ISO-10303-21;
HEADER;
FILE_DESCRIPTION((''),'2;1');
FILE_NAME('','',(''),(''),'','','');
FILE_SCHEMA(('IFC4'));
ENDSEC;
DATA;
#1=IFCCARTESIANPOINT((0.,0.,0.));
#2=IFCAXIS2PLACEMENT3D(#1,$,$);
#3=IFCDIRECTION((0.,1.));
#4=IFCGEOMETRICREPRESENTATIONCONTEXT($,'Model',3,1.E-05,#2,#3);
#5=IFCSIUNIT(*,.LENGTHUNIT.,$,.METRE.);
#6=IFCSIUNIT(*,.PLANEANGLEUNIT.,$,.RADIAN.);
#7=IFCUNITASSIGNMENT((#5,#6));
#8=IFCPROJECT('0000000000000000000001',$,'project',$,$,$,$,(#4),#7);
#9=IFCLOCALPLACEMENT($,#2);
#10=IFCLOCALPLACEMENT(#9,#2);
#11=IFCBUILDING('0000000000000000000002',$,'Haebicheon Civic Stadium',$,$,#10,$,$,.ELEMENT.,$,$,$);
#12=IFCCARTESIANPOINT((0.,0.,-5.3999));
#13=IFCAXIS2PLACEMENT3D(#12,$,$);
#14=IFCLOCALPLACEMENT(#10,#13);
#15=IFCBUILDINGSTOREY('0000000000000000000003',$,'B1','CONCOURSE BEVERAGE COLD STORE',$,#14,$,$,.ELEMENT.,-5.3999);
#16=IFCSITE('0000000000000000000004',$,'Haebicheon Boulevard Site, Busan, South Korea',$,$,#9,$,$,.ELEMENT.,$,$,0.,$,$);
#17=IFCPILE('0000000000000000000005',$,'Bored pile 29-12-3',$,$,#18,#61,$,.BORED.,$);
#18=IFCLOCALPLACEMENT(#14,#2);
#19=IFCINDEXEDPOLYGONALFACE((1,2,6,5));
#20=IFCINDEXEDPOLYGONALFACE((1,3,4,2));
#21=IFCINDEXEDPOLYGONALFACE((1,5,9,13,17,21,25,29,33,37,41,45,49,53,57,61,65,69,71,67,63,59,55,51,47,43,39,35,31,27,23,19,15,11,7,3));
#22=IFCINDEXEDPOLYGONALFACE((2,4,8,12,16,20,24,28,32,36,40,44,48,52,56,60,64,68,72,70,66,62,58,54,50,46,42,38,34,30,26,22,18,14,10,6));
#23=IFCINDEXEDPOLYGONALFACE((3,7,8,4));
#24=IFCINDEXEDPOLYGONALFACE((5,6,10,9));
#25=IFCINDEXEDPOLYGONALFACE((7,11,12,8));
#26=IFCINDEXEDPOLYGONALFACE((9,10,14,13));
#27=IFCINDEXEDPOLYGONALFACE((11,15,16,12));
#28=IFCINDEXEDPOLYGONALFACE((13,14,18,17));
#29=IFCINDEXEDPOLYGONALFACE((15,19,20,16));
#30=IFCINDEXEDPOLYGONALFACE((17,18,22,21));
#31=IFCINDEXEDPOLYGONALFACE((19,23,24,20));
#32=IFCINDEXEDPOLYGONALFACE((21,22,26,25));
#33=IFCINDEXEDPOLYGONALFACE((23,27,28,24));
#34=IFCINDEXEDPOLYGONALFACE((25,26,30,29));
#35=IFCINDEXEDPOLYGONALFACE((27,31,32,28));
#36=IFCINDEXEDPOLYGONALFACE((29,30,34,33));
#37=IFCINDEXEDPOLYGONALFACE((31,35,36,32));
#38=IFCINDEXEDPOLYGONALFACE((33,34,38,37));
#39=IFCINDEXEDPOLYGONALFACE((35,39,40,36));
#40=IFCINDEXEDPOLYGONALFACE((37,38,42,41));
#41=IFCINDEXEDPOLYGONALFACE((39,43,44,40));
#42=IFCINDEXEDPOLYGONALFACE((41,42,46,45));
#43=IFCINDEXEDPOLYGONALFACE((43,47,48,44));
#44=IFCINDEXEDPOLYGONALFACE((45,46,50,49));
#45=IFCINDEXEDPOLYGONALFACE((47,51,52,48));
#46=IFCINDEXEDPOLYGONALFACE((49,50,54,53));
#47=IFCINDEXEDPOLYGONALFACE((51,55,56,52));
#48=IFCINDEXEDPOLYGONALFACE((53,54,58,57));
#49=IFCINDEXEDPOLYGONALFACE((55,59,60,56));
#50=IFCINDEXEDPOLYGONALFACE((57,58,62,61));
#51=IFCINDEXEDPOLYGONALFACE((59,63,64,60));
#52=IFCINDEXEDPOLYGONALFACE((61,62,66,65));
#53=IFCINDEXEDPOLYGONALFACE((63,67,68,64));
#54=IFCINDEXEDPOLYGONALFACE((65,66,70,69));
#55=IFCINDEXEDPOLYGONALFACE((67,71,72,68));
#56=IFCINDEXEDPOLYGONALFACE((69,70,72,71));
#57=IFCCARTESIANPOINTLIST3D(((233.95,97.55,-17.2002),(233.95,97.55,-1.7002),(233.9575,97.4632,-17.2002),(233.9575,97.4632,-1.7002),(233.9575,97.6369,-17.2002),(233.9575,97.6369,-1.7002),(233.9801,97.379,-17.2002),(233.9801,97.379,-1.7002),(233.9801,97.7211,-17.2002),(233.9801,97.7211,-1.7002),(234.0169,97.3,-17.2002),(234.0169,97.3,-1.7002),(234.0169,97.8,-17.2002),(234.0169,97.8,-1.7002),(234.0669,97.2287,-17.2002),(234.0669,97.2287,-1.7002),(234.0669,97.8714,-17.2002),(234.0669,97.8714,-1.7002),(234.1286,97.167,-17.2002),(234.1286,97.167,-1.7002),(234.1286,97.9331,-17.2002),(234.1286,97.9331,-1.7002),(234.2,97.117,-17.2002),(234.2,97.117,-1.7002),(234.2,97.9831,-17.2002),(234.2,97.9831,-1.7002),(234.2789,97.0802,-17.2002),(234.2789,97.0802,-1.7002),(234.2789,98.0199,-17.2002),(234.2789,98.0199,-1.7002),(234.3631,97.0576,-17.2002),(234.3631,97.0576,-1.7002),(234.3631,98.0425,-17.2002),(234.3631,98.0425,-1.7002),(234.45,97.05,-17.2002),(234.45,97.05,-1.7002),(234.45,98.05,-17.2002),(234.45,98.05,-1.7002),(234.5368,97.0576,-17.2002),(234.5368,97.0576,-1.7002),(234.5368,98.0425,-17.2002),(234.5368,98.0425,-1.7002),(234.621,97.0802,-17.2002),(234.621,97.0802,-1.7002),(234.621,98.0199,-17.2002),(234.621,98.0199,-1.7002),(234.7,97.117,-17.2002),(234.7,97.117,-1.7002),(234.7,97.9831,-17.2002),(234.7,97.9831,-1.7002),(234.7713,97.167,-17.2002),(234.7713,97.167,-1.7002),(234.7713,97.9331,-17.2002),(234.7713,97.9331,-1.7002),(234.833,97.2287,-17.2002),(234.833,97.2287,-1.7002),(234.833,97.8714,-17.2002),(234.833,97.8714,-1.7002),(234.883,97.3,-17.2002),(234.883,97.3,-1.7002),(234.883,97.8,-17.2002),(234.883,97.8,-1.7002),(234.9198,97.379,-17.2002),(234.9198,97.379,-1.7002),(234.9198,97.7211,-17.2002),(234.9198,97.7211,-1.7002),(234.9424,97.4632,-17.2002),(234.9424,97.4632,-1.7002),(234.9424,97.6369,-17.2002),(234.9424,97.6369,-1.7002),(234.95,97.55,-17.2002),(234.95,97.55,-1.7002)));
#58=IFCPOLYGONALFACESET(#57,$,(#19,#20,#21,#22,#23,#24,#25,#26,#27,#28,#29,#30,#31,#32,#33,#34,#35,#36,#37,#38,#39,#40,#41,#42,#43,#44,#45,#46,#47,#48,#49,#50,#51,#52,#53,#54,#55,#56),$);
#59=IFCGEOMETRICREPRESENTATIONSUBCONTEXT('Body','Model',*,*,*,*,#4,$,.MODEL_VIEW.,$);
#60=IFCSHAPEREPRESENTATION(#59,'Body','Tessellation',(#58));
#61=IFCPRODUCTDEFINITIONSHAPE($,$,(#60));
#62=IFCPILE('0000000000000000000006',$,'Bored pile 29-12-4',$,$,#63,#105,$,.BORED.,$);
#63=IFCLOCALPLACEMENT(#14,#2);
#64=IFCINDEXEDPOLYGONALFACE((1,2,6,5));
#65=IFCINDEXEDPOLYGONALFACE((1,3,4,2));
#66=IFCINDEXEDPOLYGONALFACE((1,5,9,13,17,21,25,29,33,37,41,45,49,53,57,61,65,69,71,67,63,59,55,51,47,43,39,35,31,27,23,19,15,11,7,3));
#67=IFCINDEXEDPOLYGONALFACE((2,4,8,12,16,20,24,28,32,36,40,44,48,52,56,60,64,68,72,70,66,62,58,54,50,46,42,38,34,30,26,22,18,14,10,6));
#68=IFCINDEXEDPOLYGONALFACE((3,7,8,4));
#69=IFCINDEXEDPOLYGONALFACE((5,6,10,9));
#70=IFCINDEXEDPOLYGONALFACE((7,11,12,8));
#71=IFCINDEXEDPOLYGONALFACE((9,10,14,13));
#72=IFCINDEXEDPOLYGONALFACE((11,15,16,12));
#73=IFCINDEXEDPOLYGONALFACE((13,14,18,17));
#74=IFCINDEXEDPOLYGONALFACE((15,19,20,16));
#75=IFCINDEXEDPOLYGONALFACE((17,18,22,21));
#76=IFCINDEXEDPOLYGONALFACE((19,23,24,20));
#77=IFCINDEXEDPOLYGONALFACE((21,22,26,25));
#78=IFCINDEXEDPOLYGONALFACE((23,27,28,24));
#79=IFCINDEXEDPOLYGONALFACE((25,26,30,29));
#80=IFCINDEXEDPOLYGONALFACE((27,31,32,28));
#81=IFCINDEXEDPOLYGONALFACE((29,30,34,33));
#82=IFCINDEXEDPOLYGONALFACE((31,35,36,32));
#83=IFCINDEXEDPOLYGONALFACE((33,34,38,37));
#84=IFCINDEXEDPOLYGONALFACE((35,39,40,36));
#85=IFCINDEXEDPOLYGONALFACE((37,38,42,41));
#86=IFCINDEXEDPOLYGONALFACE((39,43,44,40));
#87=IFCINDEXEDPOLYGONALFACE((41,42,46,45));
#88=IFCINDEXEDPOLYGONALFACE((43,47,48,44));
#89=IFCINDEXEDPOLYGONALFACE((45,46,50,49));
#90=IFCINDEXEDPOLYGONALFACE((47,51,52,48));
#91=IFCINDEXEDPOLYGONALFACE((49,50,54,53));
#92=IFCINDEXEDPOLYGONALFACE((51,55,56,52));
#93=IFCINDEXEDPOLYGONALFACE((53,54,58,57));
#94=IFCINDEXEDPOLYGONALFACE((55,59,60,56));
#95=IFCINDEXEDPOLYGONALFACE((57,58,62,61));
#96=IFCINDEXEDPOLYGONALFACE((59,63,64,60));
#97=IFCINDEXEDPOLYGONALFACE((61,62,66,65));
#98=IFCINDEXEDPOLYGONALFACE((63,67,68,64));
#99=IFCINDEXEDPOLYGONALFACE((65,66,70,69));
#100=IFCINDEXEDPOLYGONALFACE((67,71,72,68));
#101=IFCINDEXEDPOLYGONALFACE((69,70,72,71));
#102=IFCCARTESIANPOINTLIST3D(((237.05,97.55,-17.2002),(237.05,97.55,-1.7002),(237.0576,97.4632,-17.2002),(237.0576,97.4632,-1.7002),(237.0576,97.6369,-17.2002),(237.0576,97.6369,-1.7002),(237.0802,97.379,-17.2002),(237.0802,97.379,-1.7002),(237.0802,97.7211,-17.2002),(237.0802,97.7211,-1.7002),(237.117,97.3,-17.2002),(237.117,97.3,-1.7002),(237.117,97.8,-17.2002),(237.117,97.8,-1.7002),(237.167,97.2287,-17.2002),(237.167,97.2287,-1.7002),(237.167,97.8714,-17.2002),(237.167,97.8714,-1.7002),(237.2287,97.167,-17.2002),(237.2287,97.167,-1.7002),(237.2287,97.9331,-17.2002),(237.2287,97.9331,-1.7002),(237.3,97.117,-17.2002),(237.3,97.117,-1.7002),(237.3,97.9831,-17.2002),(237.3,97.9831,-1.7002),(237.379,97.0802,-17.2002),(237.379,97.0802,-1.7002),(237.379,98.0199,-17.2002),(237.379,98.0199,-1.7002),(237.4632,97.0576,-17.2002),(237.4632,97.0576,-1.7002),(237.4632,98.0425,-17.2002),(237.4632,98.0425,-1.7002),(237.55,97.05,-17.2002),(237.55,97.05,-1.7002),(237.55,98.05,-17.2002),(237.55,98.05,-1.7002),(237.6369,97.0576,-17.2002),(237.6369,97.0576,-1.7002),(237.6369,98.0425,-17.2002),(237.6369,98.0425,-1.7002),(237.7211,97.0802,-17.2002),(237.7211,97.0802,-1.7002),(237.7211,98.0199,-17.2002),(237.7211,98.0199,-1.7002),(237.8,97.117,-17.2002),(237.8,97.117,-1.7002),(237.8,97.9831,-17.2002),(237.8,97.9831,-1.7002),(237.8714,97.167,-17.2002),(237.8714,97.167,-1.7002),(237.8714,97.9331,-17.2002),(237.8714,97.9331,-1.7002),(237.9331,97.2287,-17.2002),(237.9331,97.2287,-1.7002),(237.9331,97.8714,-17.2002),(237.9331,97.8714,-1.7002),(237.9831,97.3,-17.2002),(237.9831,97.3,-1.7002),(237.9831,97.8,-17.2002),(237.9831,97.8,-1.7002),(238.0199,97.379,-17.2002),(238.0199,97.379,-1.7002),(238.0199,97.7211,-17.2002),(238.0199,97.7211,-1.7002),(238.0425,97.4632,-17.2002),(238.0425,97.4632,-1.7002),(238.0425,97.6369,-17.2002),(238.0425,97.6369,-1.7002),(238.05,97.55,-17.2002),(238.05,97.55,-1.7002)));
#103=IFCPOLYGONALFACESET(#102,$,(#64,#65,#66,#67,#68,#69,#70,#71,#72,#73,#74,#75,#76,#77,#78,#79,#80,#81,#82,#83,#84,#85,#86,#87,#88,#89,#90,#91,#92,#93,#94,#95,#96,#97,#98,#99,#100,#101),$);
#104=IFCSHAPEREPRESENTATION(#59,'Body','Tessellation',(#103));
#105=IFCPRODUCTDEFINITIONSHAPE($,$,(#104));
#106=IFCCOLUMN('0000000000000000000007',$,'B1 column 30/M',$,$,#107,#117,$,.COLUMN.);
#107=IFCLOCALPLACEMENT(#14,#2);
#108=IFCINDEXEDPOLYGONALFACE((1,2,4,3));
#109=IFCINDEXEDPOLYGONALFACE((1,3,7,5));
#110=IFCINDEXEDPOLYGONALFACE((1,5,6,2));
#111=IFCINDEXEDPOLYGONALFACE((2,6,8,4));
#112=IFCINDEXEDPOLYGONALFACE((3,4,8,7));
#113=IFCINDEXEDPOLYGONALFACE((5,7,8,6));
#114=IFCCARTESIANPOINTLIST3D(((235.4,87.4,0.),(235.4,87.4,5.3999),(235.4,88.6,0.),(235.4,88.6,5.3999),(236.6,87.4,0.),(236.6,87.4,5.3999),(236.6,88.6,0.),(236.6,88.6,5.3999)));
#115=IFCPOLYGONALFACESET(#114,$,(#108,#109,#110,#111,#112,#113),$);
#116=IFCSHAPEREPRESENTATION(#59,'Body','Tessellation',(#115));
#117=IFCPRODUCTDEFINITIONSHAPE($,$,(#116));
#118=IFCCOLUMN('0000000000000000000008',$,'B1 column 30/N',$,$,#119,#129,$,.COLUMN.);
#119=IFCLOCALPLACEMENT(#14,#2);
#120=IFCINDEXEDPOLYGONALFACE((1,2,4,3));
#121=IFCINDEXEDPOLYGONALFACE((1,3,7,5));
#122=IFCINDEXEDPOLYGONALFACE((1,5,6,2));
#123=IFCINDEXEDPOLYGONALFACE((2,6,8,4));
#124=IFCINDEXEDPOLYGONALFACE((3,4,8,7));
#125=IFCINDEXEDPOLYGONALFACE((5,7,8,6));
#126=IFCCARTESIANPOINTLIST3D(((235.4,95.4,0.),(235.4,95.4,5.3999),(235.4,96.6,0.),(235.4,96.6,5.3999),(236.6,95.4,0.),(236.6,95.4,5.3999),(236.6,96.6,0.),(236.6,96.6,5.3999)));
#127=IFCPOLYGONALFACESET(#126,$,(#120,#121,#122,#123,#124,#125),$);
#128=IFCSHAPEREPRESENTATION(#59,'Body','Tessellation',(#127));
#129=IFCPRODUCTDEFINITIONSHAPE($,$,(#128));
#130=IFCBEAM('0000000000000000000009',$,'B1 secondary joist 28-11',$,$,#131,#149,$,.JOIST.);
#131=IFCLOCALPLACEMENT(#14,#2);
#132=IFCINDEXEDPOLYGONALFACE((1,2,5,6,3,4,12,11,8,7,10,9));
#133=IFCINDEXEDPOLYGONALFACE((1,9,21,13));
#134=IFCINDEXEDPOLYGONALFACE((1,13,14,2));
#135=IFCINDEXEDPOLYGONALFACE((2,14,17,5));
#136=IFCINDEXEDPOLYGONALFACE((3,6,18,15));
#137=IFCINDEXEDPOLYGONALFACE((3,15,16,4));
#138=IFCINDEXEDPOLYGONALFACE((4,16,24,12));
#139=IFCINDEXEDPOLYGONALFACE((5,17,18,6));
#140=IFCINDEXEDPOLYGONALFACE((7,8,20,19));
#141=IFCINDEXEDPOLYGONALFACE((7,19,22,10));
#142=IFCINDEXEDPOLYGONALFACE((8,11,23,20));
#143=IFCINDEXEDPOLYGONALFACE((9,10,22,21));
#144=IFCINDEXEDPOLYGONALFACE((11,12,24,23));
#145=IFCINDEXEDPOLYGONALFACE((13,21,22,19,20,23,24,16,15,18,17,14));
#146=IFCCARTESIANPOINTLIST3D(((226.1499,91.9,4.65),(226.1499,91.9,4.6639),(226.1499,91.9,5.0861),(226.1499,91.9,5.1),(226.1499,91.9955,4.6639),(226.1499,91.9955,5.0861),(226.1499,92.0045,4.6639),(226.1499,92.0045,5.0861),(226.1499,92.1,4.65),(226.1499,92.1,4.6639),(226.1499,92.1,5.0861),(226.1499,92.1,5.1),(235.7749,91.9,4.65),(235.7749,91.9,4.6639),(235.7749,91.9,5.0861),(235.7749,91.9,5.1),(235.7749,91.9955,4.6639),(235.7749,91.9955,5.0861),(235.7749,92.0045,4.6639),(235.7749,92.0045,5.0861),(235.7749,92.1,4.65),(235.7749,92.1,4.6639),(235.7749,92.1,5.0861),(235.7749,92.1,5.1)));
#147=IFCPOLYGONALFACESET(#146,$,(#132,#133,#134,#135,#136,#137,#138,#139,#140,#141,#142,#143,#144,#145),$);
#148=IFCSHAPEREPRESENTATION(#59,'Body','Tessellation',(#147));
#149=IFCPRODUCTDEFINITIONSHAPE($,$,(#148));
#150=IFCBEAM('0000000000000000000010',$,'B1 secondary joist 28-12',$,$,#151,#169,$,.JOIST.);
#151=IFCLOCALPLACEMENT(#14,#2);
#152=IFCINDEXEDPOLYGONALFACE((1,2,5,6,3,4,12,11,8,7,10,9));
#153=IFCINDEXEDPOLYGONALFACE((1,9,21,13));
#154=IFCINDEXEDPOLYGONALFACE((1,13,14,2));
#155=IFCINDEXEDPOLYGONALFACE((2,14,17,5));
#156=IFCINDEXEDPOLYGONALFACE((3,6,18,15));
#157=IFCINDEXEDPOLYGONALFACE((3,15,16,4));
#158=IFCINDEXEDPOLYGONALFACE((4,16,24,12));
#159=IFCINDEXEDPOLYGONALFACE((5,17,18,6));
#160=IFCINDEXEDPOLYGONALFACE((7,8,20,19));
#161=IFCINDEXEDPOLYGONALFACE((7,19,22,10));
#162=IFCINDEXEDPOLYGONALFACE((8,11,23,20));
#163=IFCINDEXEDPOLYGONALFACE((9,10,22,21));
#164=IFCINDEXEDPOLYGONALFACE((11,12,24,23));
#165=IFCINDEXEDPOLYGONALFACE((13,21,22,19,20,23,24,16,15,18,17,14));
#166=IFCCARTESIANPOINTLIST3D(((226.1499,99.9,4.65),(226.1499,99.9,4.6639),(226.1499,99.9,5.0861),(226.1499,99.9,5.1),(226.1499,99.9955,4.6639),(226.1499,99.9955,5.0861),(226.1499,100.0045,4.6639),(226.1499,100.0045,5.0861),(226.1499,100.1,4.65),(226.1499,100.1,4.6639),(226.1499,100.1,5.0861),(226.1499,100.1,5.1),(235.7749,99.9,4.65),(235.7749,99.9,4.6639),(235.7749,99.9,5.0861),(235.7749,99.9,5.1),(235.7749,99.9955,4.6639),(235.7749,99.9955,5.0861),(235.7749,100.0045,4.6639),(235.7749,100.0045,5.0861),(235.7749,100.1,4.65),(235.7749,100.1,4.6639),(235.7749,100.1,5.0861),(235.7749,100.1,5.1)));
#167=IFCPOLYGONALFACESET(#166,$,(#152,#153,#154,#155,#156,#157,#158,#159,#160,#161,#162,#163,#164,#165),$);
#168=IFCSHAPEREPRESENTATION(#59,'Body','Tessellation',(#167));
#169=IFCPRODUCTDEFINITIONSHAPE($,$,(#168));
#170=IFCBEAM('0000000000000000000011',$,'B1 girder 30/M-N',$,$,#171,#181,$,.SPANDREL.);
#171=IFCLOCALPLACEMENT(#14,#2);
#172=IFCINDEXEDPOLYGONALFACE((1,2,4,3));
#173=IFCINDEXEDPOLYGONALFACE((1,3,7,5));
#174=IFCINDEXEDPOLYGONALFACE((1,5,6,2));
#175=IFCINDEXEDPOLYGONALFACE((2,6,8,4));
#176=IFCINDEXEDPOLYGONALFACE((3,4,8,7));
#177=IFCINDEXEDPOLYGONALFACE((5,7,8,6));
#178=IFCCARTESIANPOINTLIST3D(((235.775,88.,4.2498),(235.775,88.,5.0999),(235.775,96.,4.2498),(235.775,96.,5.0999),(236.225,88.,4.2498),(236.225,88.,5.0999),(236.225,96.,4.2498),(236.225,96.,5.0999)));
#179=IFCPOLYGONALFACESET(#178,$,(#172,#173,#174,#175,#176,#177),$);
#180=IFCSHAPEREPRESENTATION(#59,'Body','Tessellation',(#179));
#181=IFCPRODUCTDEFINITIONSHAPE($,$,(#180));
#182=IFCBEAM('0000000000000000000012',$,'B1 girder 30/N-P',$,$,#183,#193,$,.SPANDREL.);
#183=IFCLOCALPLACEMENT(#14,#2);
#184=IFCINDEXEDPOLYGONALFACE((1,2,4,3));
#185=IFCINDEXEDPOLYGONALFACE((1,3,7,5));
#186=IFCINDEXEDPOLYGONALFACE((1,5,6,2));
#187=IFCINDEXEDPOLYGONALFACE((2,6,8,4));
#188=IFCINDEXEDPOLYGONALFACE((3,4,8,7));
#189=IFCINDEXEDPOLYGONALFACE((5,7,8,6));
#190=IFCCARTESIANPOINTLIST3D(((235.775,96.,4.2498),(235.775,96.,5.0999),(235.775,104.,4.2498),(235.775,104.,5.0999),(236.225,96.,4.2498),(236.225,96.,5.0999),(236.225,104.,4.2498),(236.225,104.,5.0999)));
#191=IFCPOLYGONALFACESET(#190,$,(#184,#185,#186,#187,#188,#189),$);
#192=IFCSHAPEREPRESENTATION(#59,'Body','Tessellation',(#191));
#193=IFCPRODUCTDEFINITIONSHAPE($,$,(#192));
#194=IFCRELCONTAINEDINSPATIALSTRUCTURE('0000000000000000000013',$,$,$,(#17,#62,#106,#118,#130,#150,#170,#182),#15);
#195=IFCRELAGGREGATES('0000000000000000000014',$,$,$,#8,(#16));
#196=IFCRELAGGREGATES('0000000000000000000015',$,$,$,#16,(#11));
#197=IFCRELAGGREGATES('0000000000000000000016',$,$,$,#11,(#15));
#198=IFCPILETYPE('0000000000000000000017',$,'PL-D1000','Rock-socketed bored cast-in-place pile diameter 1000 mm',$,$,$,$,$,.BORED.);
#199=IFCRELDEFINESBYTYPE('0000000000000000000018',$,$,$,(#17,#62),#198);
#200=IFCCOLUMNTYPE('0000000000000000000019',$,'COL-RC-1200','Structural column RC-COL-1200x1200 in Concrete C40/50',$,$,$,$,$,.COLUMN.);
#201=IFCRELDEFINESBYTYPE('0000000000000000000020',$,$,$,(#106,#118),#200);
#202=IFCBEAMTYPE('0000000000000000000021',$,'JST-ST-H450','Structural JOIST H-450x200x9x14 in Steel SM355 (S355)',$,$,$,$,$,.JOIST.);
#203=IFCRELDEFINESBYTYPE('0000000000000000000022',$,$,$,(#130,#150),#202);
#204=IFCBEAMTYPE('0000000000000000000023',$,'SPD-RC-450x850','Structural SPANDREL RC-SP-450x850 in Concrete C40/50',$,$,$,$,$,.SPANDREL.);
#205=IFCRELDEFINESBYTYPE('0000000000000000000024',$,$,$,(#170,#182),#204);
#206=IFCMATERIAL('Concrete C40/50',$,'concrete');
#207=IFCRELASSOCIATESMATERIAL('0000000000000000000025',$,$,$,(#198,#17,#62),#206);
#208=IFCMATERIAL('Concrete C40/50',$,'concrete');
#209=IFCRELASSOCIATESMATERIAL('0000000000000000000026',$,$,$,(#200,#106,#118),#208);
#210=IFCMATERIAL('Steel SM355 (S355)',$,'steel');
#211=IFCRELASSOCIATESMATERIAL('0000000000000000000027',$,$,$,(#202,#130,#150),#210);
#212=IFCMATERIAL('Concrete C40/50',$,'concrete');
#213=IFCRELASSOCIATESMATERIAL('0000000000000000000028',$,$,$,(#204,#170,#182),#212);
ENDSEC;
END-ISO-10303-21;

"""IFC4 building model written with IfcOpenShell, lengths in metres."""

from ifc_helpers import new_model, si_unit, direction, frame, origin, origin_2d, place, context, subcontext, project, spatial, rectangle, circle, i_section, extrude, material, material_profile, profile_set, type_object, element, save


model = new_model("IFC4")

# Units and contexts
model_context = context("Model", 3, precision=1e-05, world=origin(), true_north=direction((0.0, 1.0)))
body_context = subcontext(model_context, "Body", "Model", "MODEL_VIEW")
ifc_project = project(units=[si_unit("LENGTHUNIT", "METRE"), si_unit("PLANEANGLEUNIT", "RADIAN")], contexts=[model_context])

# Site, building, storey
site_placement = place(None, origin())
site = spatial("IfcSite", under=ifc_project, at=site_placement, Name="Haebicheon Boulevard Site, Busan, South Korea", CompositionType="ELEMENT", RefElevation=0.0)
building_placement = place(site_placement, origin())
building = spatial("IfcBuilding", under=site, at=building_placement, Name="Haebicheon Civic Stadium", CompositionType="ELEMENT")
storey_placement = place(building_placement, frame((0.0, 0.0, -5.3999)))
storey = spatial("IfcBuildingStorey", under=building, at=storey_placement, Name="B1", Description="CONCOURSE BEVERAGE COLD STORE", CompositionType="ELEMENT", Elevation=-5.3999)

# Piles
ifc_material_1 = material(Name="Concrete C40/50", Category="concrete")
ifc_material_profile_1 = material_profile(ifc_material_1, circle(Radius=0.5, at=origin_2d()), Name="PILE-D1000")
ifc_profile_set_1 = profile_set([ifc_material_profile_1], Name="Concrete C40/50")
pile_type = type_object("IfcPileType", Name="PL-D1000", Description="Rock-socketed bored cast-in-place pile diameter 1000 mm", PredefinedType="BORED", material=ifc_profile_set_1)
for number, where, z_axis, x_axis, name in (
    (1, (234.45, 97.55, -1.7002), (0.0, 0.0, -1.0), (1.0, 0.0, 0.0), "Bored pile 29-12-3"),
    (2, (237.55, 97.55, -1.7002), (0.0, 0.0, -1.0), (1.0, 0.0, 0.0), "Bored pile 29-12-4"),
):
    element("IfcPile", number, at=place(storey_placement, frame(where, z_axis=z_axis, x_axis=x_axis)), inside=storey, type_object=pile_type, material=ifc_profile_set_1, Name=name, PredefinedType="BORED", context=body_context, shape_type="SweptSolid", body=[
        extrude(circle(Radius=0.5, at=origin_2d()), origin(), (0.0, 0.0, 1.0), 15.5),
    ])

# Columns
ifc_material_2 = material(Name="Concrete C40/50", Category="concrete")
ifc_material_profile_2 = material_profile(ifc_material_2, rectangle(XDim=1.2, YDim=1.2, at=origin_2d()), Name="RC-COL-1200x1200")
ifc_profile_set_2 = profile_set([ifc_material_profile_2], Name="Concrete C40/50")
column_type = type_object("IfcColumnType", Name="COL-RC-1200", Description="Structural column RC-COL-1200x1200 in Concrete C40/50", PredefinedType="COLUMN", material=ifc_profile_set_2)
for number, where, z_axis, x_axis, name in (
    (3, (236.0, 88.0, 0.0), (0.0, 0.0, 1.0), (1.0, 0.0, 0.0), "B1 column 30/M"),
    (4, (236.0, 96.0, 0.0), (0.0, 0.0, 1.0), (1.0, 0.0, 0.0), "B1 column 30/N"),
):
    element("IfcColumn", number, at=place(storey_placement, frame(where, z_axis=z_axis, x_axis=x_axis)), inside=storey, type_object=column_type, material=ifc_profile_set_2, Name=name, PredefinedType="COLUMN", context=body_context, shape_type="SweptSolid", body=[
        extrude(rectangle(XDim=1.2, YDim=1.2, at=origin_2d()), origin(), (0.0, 0.0, 1.0), 5.3999),
    ])

# Beams
ifc_material_3 = material(Name="Steel SM355 (S355)", Category="steel")
ifc_material_profile_3 = material_profile(ifc_material_3, i_section(OverallWidth=0.2, OverallDepth=0.45, WebThickness=0.009, FlangeThickness=0.0139, at=origin_2d()), Name="H-450x200x9x14")
ifc_profile_set_3 = profile_set([ifc_material_profile_3], Name="Steel SM355 (S355)")
beam_type_1 = type_object("IfcBeamType", Name="JST-ST-H450", Description="Structural JOIST H-450x200x9x14 in Steel SM355 (S355)", PredefinedType="JOIST", material=ifc_profile_set_3)
for number, where, z_axis, x_axis, name in (
    (5, (226.1499, 92.0, 4.875), (1.0, 0.0, 0.0), (0.0, 1.0, 0.0), "B1 secondary joist 28-11"),
    (6, (226.1499, 100.0, 4.875), (1.0, 0.0, 0.0), (0.0, 1.0, 0.0), "B1 secondary joist 28-12"),
):
    element("IfcBeam", number, at=place(storey_placement, frame(where, z_axis=z_axis, x_axis=x_axis)), inside=storey, type_object=beam_type_1, material=ifc_profile_set_3, Name=name, PredefinedType="JOIST", context=body_context, shape_type="SweptSolid", body=[
        extrude(i_section(OverallWidth=0.2, OverallDepth=0.45, WebThickness=0.009, FlangeThickness=0.0139, at=origin_2d()), origin(), (0.0, 0.0, 1.0), 9.625),
    ])
ifc_material_4 = material(Name="Concrete C40/50", Category="concrete")
ifc_material_profile_4 = material_profile(ifc_material_4, rectangle(XDim=0.45, YDim=0.8501, at=origin_2d()), Name="RC-SP-450x850")
ifc_profile_set_4 = profile_set([ifc_material_profile_4], Name="Concrete C40/50")
beam_type_2 = type_object("IfcBeamType", Name="SPD-RC-450x850", Description="Structural SPANDREL RC-SP-450x850 in Concrete C40/50", PredefinedType="SPANDREL", material=ifc_profile_set_4)
for number, where, z_axis, x_axis, name in (
    (7, (236.0, 88.0, 4.6748), (0.0, 1.0, 0.0), (-1.0, 0.0, 0.0), "B1 girder 30/M-N"),
    (8, (236.0, 96.0, 4.6748), (0.0, 1.0, 0.0), (-1.0, 0.0, 0.0), "B1 girder 30/N-P"),
):
    element("IfcBeam", number, at=place(storey_placement, frame(where, z_axis=z_axis, x_axis=x_axis)), inside=storey, type_object=beam_type_2, material=ifc_profile_set_4, Name=name, PredefinedType="SPANDREL", context=body_context, shape_type="SweptSolid", body=[
        extrude(rectangle(XDim=0.45, YDim=0.8501, at=origin_2d()), origin(), (0.0, 0.0, 1.0), 8.0),
    ])

save(model, "model.ifc")
